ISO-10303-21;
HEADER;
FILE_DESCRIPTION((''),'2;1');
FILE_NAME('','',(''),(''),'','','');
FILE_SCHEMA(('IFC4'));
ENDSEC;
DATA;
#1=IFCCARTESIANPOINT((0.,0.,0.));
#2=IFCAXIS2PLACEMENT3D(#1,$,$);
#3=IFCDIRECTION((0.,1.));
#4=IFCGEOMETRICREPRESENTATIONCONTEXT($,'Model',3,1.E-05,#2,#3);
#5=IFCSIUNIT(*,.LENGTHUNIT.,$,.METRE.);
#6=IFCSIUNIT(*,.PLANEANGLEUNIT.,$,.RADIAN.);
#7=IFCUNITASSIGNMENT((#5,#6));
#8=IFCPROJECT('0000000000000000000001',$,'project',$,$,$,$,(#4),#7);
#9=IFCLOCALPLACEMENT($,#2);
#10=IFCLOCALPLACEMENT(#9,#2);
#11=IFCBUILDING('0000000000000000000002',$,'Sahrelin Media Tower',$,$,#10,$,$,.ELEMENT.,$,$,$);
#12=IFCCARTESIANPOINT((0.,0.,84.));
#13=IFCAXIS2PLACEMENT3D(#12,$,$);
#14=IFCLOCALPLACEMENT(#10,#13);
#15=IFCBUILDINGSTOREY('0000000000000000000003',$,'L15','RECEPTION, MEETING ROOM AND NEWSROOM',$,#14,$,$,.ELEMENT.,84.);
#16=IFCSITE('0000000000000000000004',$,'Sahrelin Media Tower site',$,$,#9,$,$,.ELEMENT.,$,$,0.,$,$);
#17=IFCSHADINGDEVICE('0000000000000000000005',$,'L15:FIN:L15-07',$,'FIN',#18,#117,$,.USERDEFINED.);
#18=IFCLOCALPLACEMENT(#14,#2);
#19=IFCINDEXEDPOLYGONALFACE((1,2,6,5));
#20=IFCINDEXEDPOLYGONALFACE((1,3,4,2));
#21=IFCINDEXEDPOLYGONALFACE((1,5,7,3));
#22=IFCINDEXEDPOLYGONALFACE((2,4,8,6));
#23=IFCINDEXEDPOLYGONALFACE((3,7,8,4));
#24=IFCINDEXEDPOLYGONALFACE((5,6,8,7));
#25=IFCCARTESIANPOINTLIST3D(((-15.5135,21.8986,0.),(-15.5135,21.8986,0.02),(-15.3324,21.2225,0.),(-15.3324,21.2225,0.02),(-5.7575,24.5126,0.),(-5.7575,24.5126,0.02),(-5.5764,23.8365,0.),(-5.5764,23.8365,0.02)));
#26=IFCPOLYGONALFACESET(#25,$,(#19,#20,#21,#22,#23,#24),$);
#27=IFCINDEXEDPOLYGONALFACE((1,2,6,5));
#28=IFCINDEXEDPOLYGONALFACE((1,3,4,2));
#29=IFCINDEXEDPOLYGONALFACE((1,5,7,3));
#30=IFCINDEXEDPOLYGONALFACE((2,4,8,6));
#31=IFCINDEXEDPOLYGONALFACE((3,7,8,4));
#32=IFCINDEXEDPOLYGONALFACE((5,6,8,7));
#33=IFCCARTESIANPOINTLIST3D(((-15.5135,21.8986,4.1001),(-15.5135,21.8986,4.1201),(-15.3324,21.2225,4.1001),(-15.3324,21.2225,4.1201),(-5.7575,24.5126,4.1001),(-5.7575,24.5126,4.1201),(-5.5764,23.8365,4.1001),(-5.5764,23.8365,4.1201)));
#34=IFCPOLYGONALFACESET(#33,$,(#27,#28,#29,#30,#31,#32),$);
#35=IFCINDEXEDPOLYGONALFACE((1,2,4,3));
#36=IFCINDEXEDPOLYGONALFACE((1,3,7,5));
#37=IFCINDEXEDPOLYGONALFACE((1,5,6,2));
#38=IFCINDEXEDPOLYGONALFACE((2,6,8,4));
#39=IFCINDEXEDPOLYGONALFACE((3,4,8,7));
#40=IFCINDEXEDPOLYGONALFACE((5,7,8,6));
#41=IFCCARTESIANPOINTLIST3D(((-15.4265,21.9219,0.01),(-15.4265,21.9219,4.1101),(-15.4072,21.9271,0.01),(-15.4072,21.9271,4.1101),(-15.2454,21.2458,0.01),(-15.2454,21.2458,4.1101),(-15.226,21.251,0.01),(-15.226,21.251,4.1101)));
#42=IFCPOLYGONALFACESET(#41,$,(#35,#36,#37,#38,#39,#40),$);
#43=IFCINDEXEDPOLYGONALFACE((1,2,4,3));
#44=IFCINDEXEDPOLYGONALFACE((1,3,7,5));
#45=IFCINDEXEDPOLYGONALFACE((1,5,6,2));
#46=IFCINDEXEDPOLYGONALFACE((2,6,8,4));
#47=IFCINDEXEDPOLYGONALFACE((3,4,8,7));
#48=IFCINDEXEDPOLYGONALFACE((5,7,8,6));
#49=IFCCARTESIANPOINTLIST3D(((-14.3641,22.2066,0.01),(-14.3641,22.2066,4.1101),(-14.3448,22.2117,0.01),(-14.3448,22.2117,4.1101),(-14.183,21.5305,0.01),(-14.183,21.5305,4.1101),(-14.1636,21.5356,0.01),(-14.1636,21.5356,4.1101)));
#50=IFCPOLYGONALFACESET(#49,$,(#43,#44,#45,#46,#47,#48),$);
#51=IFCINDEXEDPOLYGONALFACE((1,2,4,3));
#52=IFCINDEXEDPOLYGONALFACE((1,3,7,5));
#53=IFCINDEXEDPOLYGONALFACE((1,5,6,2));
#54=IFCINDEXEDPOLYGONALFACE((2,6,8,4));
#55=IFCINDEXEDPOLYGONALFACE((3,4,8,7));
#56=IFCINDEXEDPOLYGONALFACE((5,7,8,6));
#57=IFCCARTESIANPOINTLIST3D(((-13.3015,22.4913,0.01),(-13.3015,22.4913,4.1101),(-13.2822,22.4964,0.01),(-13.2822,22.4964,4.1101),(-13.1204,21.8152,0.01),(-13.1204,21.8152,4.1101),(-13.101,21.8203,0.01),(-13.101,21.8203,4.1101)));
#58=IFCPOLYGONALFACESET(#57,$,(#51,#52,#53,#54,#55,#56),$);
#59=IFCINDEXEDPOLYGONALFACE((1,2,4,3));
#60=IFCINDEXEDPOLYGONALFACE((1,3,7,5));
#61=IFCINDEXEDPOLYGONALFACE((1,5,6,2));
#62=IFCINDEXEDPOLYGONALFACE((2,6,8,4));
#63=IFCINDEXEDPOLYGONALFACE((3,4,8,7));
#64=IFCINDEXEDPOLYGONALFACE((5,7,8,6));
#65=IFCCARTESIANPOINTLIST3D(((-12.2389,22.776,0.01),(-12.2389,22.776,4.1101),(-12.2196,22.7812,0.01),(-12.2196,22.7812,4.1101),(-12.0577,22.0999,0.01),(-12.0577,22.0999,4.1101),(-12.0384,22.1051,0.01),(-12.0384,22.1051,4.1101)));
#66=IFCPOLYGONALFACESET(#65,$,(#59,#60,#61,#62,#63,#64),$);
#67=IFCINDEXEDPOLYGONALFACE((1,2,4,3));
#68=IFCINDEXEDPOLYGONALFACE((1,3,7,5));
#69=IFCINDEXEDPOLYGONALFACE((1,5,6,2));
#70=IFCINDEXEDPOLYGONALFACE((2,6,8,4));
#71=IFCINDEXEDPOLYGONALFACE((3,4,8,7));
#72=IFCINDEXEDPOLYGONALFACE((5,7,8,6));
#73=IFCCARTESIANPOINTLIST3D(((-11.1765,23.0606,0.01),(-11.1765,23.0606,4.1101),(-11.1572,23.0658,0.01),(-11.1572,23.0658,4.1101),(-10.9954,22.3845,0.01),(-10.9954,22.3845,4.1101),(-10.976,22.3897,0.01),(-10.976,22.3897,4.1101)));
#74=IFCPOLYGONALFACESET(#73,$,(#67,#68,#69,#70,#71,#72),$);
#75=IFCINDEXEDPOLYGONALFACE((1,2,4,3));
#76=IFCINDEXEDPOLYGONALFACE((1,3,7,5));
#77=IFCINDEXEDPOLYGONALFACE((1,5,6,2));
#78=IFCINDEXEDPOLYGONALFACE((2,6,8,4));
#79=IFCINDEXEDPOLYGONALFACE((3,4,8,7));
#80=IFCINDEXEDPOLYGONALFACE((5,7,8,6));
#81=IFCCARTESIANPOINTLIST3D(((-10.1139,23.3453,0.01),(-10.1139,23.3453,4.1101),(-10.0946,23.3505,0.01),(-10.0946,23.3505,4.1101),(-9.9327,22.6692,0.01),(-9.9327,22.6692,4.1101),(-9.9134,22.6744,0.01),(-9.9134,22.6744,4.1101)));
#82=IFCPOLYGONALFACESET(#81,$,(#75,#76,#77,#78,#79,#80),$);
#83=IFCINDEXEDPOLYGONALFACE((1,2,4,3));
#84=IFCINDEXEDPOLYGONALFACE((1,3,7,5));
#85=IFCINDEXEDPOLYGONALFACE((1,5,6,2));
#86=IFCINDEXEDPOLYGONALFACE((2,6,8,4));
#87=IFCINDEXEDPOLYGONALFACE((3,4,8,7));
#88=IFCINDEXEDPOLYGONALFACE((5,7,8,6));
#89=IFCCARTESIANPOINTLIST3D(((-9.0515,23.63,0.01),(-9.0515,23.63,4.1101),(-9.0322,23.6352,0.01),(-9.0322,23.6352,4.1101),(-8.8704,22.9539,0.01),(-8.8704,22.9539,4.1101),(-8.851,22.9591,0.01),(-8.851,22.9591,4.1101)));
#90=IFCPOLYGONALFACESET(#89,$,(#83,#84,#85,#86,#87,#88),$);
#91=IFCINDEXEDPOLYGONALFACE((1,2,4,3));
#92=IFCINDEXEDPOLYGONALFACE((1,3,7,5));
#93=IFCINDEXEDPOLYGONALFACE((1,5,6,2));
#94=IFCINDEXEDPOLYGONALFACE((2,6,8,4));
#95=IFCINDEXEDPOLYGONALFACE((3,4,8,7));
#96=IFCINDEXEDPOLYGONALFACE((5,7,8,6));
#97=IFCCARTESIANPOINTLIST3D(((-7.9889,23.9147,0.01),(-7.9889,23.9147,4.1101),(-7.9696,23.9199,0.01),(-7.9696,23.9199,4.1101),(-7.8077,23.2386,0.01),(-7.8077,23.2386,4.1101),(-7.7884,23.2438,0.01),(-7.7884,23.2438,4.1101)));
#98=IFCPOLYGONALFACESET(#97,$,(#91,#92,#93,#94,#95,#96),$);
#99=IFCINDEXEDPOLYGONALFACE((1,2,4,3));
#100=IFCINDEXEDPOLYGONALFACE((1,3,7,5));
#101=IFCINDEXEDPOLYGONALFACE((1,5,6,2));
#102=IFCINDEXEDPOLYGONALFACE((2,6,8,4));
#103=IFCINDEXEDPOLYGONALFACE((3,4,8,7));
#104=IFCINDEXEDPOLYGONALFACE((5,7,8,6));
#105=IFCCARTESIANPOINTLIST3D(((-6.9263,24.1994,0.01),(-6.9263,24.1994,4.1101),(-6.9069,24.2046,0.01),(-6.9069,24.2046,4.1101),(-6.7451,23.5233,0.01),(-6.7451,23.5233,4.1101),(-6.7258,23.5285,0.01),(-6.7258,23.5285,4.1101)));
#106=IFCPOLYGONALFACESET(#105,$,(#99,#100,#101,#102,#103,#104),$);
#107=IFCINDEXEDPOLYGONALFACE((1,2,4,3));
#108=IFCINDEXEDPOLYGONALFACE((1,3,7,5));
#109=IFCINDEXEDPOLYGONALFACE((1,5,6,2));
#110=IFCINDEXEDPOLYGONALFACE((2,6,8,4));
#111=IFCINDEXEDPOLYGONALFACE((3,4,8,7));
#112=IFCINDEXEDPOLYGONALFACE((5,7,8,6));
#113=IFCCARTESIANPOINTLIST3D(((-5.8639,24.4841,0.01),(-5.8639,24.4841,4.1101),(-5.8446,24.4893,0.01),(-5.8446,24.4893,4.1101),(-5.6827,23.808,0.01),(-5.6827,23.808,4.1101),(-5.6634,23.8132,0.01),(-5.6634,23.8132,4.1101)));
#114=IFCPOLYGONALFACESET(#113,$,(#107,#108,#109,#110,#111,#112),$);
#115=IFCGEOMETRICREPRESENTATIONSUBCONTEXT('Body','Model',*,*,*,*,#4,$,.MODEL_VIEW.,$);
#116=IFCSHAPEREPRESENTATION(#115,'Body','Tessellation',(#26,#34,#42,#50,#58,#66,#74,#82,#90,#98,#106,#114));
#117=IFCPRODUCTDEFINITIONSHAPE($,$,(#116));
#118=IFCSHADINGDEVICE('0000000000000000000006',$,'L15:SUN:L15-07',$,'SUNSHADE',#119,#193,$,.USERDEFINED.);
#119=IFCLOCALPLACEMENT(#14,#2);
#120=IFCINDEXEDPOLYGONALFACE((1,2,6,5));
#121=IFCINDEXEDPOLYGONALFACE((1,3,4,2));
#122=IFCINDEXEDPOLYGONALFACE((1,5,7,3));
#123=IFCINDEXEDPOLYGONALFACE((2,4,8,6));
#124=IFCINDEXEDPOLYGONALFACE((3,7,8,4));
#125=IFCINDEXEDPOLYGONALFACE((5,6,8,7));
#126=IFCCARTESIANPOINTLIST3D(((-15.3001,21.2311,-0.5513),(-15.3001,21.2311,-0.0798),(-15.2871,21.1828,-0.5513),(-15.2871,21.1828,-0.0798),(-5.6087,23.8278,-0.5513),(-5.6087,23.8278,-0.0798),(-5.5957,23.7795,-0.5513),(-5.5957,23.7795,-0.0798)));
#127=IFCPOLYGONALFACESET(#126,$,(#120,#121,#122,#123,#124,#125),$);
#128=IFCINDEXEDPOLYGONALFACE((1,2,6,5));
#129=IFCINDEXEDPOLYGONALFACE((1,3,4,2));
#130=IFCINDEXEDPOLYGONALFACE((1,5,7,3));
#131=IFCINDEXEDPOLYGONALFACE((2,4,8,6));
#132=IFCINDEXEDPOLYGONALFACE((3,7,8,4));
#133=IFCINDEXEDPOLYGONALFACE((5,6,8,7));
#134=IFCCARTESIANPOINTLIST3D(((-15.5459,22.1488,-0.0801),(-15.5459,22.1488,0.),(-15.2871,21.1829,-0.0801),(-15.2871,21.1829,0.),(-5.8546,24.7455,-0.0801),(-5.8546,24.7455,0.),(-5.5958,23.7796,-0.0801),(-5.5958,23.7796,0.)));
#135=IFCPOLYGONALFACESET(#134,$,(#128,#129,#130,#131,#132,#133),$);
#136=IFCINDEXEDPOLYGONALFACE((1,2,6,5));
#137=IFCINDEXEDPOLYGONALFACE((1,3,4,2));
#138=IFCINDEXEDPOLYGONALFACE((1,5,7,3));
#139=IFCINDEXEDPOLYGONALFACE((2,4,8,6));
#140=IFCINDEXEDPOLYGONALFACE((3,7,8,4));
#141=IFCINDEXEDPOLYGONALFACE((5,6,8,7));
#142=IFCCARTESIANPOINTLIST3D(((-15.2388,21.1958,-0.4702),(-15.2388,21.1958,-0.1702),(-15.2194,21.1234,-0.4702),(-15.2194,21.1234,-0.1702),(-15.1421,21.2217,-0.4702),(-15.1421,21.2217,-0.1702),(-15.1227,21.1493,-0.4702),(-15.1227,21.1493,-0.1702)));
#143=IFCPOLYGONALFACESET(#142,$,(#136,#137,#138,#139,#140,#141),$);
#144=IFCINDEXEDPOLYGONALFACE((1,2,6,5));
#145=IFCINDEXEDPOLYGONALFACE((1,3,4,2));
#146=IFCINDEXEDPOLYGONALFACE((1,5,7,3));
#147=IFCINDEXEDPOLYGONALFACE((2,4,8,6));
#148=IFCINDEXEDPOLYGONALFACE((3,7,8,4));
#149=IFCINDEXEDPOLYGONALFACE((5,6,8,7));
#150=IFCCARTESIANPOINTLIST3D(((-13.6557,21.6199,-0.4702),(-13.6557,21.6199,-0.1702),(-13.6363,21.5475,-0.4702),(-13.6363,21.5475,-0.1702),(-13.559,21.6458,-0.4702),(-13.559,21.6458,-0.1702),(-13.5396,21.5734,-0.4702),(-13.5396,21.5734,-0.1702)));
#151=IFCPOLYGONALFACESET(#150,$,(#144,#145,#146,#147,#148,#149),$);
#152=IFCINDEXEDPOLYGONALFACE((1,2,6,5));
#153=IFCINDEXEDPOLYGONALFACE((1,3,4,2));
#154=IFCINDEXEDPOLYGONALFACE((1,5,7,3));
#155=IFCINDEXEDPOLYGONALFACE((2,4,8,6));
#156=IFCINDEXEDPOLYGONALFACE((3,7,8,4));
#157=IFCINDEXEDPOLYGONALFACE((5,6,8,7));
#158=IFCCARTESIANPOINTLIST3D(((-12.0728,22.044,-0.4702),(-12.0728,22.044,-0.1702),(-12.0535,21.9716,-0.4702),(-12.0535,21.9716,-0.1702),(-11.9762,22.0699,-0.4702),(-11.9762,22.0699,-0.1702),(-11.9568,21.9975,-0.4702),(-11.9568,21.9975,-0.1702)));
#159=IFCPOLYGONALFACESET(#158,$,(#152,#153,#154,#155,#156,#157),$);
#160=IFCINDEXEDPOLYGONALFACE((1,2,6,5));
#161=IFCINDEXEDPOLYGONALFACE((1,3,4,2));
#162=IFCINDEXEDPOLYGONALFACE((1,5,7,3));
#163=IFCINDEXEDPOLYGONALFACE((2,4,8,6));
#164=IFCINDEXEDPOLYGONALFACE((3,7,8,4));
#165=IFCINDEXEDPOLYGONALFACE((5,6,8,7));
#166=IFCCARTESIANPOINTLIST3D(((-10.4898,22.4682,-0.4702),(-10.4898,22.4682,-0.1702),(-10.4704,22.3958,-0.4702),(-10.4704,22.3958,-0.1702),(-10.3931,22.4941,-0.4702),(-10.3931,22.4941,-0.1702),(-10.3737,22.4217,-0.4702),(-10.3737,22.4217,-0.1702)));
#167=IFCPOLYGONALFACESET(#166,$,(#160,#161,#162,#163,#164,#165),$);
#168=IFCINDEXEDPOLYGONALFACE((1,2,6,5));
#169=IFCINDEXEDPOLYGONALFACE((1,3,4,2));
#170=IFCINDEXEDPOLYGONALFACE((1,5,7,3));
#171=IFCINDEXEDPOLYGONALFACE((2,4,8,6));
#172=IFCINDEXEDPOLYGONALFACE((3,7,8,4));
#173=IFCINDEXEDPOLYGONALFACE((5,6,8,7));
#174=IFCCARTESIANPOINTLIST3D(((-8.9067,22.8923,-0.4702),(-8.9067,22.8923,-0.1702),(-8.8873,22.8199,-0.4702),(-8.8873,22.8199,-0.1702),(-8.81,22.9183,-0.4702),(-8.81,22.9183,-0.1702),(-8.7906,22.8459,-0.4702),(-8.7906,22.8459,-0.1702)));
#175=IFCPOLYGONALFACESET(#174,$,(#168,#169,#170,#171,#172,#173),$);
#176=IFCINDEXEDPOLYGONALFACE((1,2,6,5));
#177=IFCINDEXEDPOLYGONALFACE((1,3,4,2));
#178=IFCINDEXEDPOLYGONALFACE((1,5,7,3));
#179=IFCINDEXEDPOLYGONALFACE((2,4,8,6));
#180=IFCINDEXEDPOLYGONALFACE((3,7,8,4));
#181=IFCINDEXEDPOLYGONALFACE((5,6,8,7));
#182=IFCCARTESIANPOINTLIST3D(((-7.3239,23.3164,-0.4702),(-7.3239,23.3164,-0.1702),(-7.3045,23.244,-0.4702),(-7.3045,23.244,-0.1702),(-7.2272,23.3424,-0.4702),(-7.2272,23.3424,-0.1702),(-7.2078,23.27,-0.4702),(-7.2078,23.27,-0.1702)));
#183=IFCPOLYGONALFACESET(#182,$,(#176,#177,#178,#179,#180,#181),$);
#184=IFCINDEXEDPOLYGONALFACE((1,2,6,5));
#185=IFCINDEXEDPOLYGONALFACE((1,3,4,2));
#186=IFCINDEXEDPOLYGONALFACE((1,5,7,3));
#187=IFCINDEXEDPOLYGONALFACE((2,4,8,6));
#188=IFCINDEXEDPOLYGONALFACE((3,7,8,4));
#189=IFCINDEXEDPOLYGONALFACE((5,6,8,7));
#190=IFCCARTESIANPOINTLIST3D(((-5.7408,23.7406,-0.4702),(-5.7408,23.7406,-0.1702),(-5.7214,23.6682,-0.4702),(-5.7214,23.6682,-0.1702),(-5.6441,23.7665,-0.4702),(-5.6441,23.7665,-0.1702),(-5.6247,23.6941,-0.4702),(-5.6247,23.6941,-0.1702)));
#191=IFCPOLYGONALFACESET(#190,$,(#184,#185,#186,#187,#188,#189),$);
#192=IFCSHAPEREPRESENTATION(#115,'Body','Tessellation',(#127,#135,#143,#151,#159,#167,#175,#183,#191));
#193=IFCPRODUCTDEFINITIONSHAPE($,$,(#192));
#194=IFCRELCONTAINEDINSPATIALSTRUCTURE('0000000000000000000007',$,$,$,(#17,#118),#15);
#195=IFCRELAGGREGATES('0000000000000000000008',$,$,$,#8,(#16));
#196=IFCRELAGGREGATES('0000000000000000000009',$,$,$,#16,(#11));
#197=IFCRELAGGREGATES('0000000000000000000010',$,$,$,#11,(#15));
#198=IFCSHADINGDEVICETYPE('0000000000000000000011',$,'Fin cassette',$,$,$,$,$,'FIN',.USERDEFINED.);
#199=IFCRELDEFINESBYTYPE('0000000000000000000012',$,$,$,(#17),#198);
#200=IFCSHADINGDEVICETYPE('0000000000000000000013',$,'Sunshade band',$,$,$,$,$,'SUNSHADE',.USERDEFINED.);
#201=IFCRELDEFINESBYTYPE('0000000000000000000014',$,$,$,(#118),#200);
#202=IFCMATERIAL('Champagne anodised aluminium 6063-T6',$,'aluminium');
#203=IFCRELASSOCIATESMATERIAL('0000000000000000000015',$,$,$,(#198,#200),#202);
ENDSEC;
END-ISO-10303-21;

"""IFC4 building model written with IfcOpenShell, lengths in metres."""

from ifc_helpers import new_model, si_unit, direction, frame, origin, origin_2d, place, context, subcontext, project, spatial, rectangle, extrude, material, type_object, element, save


model = new_model("IFC4")

# Units and contexts
model_context = context("Model", 3, precision=1e-05, world=origin(), true_north=direction((0.0, 1.0)))
body_context = subcontext(model_context, "Body", "Model", "MODEL_VIEW")
ifc_project = project(units=[si_unit("LENGTHUNIT", "METRE"), si_unit("PLANEANGLEUNIT", "RADIAN")], contexts=[model_context])

# Site, building, storey
site_placement = place(None, origin())
site = spatial("IfcSite", under=ifc_project, at=site_placement, Name="Sahrelin Media Tower site", CompositionType="ELEMENT", RefElevation=0.0)
building_placement = place(site_placement, origin())
building = spatial("IfcBuilding", under=site, at=building_placement, Name="Sahrelin Media Tower", CompositionType="ELEMENT")
storey_placement = place(building_placement, frame((0.0, 0.0, 84.0)))
storey = spatial("IfcBuildingStorey", under=building, at=storey_placement, Name="L15", Description="RECEPTION, MEETING ROOM AND NEWSROOM", CompositionType="ELEMENT", Elevation=84.0)

# Shared definitions
ifc_material_1 = material(Name="Champagne anodised aluminium 6063-T6", Category="aluminium")

# Shading devices
shading_device_type_1 = type_object("IfcShadingDeviceType", Name="Fin cassette", ElementType="FIN", PredefinedType="USERDEFINED", material=ifc_material_1)
placement = place(storey_placement, frame((-10.4363, 22.4619, 0.0), z_axis=(0.0, 0.0, 1.0), x_axis=(0.965929, 0.258808, 0.0)))
element("IfcShadingDevice", 1, at=placement, inside=storey, type_object=shading_device_type_1, Name="L15:FIN:L15-07", ObjectType="FIN", PredefinedType="USERDEFINED", context=body_context, shape_type="SweptSolid", body=[
    extrude(rectangle(XDim=10.1001, YDim=0.7, at=origin_2d()), frame((0.0, 0.4199, 0.0)), (0.0, 0.0, 1.0), 0.02),
    extrude(rectangle(XDim=10.1001, YDim=0.7, at=origin_2d()), frame((0.0, 0.4199, 4.1001)), (0.0, 0.0, 1.0), 0.02),
    extrude(rectangle(XDim=0.02, YDim=0.7, at=origin_2d()), frame((-4.95, 0.4199, 0.01), z_axis=(0.0, 0.0, 1.0), x_axis=(1.0, 0.0, 0.0)), (0.0, 0.0, 1.0), 4.1001),
    extrude(rectangle(XDim=0.02, YDim=0.7, at=origin_2d()), frame((-3.8501, 0.4199, 0.01), z_axis=(0.0, 0.0, 1.0), x_axis=(1.0, 0.0, 0.0)), (0.0, 0.0, 1.0), 4.1001),
    extrude(rectangle(XDim=0.02, YDim=0.7, at=origin_2d()), frame((-2.75, 0.4199, 0.01), z_axis=(0.0, 0.0, 1.0), x_axis=(1.0, 0.0, 0.0)), (0.0, 0.0, 1.0), 4.1001),
    extrude(rectangle(XDim=0.02, YDim=0.7, at=origin_2d()), frame((-1.6499, 0.4199, 0.01), z_axis=(0.0, 0.0, 1.0), x_axis=(1.0, 0.0, 0.0)), (0.0, 0.0, 1.0), 4.1001),
    extrude(rectangle(XDim=0.02, YDim=0.7, at=origin_2d()), frame((-0.55, 0.4199, 0.01), z_axis=(0.0, 0.0, 1.0), x_axis=(1.0, 0.0, 0.0)), (0.0, 0.0, 1.0), 4.1001),
    extrude(rectangle(XDim=0.02, YDim=0.7, at=origin_2d()), frame((0.55, 0.4199, 0.01), z_axis=(0.0, 0.0, 1.0), x_axis=(1.0, 0.0, 0.0)), (0.0, 0.0, 1.0), 4.1001),
    extrude(rectangle(XDim=0.02, YDim=0.7, at=origin_2d()), frame((1.6499, 0.4199, 0.01), z_axis=(0.0, 0.0, 1.0), x_axis=(1.0, 0.0, 0.0)), (0.0, 0.0, 1.0), 4.1001),
    extrude(rectangle(XDim=0.02, YDim=0.7, at=origin_2d()), frame((2.75, 0.4199, 0.01), z_axis=(0.0, 0.0, 1.0), x_axis=(1.0, 0.0, 0.0)), (0.0, 0.0, 1.0), 4.1001),
    extrude(rectangle(XDim=0.02, YDim=0.7, at=origin_2d()), frame((3.8501, 0.4199, 0.01), z_axis=(0.0, 0.0, 1.0), x_axis=(1.0, 0.0, 0.0)), (0.0, 0.0, 1.0), 4.1001),
    extrude(rectangle(XDim=0.02, YDim=0.7, at=origin_2d()), frame((4.95, 0.4199, 0.01), z_axis=(0.0, 0.0, 1.0), x_axis=(1.0, 0.0, 0.0)), (0.0, 0.0, 1.0), 4.1001),
])
shading_device_type_2 = type_object("IfcShadingDeviceType", Name="Sunshade band", ElementType="SUNSHADE", PredefinedType="USERDEFINED", material=ifc_material_1)
element("IfcShadingDevice", 2, at=placement, inside=storey, type_object=shading_device_type_2, Name="L15:SUN:L15-07", ObjectType="SUNSHADE", PredefinedType="USERDEFINED", context=body_context, shape_type="SweptSolid", body=[
    extrude(rectangle(XDim=10.0332, YDim=0.05, at=origin_2d()), frame((0.0, 0.0449, -0.5513)), (0.0, 0.0, 1.0), 0.4714),
    extrude(rectangle(XDim=10.0332, YDim=1.0, at=origin_2d()), frame((0.0, 0.52, -0.0801)), (0.0, 0.0, 1.0), 0.0801),
    extrude(rectangle(XDim=0.1001, YDim=0.075, at=origin_2d()), frame((-4.9165, -0.0176, -0.4702)), (0.0, 0.0, 1.0), 0.3),
    extrude(rectangle(XDim=0.1001, YDim=0.075, at=origin_2d()), frame((-3.2776, -0.0176, -0.4702)), (0.0, 0.0, 1.0), 0.3),
    extrude(rectangle(XDim=0.1001, YDim=0.075, at=origin_2d()), frame((-1.6389, -0.0176, -0.4702)), (0.0, 0.0, 1.0), 0.3),
    extrude(rectangle(XDim=0.1001, YDim=0.075, at=origin_2d()), frame((0.0, -0.0176, -0.4702)), (0.0, 0.0, 1.0), 0.3),
    extrude(rectangle(XDim=0.1001, YDim=0.075, at=origin_2d()), frame((1.6389, -0.0176, -0.4702)), (0.0, 0.0, 1.0), 0.3),
    extrude(rectangle(XDim=0.1001, YDim=0.075, at=origin_2d()), frame((3.2776, -0.0176, -0.4702)), (0.0, 0.0, 1.0), 0.3),
    extrude(rectangle(XDim=0.1001, YDim=0.075, at=origin_2d()), frame((4.9165, -0.0176, -0.4702)), (0.0, 0.0, 1.0), 0.3),
])

save(model, "model.ifc")
